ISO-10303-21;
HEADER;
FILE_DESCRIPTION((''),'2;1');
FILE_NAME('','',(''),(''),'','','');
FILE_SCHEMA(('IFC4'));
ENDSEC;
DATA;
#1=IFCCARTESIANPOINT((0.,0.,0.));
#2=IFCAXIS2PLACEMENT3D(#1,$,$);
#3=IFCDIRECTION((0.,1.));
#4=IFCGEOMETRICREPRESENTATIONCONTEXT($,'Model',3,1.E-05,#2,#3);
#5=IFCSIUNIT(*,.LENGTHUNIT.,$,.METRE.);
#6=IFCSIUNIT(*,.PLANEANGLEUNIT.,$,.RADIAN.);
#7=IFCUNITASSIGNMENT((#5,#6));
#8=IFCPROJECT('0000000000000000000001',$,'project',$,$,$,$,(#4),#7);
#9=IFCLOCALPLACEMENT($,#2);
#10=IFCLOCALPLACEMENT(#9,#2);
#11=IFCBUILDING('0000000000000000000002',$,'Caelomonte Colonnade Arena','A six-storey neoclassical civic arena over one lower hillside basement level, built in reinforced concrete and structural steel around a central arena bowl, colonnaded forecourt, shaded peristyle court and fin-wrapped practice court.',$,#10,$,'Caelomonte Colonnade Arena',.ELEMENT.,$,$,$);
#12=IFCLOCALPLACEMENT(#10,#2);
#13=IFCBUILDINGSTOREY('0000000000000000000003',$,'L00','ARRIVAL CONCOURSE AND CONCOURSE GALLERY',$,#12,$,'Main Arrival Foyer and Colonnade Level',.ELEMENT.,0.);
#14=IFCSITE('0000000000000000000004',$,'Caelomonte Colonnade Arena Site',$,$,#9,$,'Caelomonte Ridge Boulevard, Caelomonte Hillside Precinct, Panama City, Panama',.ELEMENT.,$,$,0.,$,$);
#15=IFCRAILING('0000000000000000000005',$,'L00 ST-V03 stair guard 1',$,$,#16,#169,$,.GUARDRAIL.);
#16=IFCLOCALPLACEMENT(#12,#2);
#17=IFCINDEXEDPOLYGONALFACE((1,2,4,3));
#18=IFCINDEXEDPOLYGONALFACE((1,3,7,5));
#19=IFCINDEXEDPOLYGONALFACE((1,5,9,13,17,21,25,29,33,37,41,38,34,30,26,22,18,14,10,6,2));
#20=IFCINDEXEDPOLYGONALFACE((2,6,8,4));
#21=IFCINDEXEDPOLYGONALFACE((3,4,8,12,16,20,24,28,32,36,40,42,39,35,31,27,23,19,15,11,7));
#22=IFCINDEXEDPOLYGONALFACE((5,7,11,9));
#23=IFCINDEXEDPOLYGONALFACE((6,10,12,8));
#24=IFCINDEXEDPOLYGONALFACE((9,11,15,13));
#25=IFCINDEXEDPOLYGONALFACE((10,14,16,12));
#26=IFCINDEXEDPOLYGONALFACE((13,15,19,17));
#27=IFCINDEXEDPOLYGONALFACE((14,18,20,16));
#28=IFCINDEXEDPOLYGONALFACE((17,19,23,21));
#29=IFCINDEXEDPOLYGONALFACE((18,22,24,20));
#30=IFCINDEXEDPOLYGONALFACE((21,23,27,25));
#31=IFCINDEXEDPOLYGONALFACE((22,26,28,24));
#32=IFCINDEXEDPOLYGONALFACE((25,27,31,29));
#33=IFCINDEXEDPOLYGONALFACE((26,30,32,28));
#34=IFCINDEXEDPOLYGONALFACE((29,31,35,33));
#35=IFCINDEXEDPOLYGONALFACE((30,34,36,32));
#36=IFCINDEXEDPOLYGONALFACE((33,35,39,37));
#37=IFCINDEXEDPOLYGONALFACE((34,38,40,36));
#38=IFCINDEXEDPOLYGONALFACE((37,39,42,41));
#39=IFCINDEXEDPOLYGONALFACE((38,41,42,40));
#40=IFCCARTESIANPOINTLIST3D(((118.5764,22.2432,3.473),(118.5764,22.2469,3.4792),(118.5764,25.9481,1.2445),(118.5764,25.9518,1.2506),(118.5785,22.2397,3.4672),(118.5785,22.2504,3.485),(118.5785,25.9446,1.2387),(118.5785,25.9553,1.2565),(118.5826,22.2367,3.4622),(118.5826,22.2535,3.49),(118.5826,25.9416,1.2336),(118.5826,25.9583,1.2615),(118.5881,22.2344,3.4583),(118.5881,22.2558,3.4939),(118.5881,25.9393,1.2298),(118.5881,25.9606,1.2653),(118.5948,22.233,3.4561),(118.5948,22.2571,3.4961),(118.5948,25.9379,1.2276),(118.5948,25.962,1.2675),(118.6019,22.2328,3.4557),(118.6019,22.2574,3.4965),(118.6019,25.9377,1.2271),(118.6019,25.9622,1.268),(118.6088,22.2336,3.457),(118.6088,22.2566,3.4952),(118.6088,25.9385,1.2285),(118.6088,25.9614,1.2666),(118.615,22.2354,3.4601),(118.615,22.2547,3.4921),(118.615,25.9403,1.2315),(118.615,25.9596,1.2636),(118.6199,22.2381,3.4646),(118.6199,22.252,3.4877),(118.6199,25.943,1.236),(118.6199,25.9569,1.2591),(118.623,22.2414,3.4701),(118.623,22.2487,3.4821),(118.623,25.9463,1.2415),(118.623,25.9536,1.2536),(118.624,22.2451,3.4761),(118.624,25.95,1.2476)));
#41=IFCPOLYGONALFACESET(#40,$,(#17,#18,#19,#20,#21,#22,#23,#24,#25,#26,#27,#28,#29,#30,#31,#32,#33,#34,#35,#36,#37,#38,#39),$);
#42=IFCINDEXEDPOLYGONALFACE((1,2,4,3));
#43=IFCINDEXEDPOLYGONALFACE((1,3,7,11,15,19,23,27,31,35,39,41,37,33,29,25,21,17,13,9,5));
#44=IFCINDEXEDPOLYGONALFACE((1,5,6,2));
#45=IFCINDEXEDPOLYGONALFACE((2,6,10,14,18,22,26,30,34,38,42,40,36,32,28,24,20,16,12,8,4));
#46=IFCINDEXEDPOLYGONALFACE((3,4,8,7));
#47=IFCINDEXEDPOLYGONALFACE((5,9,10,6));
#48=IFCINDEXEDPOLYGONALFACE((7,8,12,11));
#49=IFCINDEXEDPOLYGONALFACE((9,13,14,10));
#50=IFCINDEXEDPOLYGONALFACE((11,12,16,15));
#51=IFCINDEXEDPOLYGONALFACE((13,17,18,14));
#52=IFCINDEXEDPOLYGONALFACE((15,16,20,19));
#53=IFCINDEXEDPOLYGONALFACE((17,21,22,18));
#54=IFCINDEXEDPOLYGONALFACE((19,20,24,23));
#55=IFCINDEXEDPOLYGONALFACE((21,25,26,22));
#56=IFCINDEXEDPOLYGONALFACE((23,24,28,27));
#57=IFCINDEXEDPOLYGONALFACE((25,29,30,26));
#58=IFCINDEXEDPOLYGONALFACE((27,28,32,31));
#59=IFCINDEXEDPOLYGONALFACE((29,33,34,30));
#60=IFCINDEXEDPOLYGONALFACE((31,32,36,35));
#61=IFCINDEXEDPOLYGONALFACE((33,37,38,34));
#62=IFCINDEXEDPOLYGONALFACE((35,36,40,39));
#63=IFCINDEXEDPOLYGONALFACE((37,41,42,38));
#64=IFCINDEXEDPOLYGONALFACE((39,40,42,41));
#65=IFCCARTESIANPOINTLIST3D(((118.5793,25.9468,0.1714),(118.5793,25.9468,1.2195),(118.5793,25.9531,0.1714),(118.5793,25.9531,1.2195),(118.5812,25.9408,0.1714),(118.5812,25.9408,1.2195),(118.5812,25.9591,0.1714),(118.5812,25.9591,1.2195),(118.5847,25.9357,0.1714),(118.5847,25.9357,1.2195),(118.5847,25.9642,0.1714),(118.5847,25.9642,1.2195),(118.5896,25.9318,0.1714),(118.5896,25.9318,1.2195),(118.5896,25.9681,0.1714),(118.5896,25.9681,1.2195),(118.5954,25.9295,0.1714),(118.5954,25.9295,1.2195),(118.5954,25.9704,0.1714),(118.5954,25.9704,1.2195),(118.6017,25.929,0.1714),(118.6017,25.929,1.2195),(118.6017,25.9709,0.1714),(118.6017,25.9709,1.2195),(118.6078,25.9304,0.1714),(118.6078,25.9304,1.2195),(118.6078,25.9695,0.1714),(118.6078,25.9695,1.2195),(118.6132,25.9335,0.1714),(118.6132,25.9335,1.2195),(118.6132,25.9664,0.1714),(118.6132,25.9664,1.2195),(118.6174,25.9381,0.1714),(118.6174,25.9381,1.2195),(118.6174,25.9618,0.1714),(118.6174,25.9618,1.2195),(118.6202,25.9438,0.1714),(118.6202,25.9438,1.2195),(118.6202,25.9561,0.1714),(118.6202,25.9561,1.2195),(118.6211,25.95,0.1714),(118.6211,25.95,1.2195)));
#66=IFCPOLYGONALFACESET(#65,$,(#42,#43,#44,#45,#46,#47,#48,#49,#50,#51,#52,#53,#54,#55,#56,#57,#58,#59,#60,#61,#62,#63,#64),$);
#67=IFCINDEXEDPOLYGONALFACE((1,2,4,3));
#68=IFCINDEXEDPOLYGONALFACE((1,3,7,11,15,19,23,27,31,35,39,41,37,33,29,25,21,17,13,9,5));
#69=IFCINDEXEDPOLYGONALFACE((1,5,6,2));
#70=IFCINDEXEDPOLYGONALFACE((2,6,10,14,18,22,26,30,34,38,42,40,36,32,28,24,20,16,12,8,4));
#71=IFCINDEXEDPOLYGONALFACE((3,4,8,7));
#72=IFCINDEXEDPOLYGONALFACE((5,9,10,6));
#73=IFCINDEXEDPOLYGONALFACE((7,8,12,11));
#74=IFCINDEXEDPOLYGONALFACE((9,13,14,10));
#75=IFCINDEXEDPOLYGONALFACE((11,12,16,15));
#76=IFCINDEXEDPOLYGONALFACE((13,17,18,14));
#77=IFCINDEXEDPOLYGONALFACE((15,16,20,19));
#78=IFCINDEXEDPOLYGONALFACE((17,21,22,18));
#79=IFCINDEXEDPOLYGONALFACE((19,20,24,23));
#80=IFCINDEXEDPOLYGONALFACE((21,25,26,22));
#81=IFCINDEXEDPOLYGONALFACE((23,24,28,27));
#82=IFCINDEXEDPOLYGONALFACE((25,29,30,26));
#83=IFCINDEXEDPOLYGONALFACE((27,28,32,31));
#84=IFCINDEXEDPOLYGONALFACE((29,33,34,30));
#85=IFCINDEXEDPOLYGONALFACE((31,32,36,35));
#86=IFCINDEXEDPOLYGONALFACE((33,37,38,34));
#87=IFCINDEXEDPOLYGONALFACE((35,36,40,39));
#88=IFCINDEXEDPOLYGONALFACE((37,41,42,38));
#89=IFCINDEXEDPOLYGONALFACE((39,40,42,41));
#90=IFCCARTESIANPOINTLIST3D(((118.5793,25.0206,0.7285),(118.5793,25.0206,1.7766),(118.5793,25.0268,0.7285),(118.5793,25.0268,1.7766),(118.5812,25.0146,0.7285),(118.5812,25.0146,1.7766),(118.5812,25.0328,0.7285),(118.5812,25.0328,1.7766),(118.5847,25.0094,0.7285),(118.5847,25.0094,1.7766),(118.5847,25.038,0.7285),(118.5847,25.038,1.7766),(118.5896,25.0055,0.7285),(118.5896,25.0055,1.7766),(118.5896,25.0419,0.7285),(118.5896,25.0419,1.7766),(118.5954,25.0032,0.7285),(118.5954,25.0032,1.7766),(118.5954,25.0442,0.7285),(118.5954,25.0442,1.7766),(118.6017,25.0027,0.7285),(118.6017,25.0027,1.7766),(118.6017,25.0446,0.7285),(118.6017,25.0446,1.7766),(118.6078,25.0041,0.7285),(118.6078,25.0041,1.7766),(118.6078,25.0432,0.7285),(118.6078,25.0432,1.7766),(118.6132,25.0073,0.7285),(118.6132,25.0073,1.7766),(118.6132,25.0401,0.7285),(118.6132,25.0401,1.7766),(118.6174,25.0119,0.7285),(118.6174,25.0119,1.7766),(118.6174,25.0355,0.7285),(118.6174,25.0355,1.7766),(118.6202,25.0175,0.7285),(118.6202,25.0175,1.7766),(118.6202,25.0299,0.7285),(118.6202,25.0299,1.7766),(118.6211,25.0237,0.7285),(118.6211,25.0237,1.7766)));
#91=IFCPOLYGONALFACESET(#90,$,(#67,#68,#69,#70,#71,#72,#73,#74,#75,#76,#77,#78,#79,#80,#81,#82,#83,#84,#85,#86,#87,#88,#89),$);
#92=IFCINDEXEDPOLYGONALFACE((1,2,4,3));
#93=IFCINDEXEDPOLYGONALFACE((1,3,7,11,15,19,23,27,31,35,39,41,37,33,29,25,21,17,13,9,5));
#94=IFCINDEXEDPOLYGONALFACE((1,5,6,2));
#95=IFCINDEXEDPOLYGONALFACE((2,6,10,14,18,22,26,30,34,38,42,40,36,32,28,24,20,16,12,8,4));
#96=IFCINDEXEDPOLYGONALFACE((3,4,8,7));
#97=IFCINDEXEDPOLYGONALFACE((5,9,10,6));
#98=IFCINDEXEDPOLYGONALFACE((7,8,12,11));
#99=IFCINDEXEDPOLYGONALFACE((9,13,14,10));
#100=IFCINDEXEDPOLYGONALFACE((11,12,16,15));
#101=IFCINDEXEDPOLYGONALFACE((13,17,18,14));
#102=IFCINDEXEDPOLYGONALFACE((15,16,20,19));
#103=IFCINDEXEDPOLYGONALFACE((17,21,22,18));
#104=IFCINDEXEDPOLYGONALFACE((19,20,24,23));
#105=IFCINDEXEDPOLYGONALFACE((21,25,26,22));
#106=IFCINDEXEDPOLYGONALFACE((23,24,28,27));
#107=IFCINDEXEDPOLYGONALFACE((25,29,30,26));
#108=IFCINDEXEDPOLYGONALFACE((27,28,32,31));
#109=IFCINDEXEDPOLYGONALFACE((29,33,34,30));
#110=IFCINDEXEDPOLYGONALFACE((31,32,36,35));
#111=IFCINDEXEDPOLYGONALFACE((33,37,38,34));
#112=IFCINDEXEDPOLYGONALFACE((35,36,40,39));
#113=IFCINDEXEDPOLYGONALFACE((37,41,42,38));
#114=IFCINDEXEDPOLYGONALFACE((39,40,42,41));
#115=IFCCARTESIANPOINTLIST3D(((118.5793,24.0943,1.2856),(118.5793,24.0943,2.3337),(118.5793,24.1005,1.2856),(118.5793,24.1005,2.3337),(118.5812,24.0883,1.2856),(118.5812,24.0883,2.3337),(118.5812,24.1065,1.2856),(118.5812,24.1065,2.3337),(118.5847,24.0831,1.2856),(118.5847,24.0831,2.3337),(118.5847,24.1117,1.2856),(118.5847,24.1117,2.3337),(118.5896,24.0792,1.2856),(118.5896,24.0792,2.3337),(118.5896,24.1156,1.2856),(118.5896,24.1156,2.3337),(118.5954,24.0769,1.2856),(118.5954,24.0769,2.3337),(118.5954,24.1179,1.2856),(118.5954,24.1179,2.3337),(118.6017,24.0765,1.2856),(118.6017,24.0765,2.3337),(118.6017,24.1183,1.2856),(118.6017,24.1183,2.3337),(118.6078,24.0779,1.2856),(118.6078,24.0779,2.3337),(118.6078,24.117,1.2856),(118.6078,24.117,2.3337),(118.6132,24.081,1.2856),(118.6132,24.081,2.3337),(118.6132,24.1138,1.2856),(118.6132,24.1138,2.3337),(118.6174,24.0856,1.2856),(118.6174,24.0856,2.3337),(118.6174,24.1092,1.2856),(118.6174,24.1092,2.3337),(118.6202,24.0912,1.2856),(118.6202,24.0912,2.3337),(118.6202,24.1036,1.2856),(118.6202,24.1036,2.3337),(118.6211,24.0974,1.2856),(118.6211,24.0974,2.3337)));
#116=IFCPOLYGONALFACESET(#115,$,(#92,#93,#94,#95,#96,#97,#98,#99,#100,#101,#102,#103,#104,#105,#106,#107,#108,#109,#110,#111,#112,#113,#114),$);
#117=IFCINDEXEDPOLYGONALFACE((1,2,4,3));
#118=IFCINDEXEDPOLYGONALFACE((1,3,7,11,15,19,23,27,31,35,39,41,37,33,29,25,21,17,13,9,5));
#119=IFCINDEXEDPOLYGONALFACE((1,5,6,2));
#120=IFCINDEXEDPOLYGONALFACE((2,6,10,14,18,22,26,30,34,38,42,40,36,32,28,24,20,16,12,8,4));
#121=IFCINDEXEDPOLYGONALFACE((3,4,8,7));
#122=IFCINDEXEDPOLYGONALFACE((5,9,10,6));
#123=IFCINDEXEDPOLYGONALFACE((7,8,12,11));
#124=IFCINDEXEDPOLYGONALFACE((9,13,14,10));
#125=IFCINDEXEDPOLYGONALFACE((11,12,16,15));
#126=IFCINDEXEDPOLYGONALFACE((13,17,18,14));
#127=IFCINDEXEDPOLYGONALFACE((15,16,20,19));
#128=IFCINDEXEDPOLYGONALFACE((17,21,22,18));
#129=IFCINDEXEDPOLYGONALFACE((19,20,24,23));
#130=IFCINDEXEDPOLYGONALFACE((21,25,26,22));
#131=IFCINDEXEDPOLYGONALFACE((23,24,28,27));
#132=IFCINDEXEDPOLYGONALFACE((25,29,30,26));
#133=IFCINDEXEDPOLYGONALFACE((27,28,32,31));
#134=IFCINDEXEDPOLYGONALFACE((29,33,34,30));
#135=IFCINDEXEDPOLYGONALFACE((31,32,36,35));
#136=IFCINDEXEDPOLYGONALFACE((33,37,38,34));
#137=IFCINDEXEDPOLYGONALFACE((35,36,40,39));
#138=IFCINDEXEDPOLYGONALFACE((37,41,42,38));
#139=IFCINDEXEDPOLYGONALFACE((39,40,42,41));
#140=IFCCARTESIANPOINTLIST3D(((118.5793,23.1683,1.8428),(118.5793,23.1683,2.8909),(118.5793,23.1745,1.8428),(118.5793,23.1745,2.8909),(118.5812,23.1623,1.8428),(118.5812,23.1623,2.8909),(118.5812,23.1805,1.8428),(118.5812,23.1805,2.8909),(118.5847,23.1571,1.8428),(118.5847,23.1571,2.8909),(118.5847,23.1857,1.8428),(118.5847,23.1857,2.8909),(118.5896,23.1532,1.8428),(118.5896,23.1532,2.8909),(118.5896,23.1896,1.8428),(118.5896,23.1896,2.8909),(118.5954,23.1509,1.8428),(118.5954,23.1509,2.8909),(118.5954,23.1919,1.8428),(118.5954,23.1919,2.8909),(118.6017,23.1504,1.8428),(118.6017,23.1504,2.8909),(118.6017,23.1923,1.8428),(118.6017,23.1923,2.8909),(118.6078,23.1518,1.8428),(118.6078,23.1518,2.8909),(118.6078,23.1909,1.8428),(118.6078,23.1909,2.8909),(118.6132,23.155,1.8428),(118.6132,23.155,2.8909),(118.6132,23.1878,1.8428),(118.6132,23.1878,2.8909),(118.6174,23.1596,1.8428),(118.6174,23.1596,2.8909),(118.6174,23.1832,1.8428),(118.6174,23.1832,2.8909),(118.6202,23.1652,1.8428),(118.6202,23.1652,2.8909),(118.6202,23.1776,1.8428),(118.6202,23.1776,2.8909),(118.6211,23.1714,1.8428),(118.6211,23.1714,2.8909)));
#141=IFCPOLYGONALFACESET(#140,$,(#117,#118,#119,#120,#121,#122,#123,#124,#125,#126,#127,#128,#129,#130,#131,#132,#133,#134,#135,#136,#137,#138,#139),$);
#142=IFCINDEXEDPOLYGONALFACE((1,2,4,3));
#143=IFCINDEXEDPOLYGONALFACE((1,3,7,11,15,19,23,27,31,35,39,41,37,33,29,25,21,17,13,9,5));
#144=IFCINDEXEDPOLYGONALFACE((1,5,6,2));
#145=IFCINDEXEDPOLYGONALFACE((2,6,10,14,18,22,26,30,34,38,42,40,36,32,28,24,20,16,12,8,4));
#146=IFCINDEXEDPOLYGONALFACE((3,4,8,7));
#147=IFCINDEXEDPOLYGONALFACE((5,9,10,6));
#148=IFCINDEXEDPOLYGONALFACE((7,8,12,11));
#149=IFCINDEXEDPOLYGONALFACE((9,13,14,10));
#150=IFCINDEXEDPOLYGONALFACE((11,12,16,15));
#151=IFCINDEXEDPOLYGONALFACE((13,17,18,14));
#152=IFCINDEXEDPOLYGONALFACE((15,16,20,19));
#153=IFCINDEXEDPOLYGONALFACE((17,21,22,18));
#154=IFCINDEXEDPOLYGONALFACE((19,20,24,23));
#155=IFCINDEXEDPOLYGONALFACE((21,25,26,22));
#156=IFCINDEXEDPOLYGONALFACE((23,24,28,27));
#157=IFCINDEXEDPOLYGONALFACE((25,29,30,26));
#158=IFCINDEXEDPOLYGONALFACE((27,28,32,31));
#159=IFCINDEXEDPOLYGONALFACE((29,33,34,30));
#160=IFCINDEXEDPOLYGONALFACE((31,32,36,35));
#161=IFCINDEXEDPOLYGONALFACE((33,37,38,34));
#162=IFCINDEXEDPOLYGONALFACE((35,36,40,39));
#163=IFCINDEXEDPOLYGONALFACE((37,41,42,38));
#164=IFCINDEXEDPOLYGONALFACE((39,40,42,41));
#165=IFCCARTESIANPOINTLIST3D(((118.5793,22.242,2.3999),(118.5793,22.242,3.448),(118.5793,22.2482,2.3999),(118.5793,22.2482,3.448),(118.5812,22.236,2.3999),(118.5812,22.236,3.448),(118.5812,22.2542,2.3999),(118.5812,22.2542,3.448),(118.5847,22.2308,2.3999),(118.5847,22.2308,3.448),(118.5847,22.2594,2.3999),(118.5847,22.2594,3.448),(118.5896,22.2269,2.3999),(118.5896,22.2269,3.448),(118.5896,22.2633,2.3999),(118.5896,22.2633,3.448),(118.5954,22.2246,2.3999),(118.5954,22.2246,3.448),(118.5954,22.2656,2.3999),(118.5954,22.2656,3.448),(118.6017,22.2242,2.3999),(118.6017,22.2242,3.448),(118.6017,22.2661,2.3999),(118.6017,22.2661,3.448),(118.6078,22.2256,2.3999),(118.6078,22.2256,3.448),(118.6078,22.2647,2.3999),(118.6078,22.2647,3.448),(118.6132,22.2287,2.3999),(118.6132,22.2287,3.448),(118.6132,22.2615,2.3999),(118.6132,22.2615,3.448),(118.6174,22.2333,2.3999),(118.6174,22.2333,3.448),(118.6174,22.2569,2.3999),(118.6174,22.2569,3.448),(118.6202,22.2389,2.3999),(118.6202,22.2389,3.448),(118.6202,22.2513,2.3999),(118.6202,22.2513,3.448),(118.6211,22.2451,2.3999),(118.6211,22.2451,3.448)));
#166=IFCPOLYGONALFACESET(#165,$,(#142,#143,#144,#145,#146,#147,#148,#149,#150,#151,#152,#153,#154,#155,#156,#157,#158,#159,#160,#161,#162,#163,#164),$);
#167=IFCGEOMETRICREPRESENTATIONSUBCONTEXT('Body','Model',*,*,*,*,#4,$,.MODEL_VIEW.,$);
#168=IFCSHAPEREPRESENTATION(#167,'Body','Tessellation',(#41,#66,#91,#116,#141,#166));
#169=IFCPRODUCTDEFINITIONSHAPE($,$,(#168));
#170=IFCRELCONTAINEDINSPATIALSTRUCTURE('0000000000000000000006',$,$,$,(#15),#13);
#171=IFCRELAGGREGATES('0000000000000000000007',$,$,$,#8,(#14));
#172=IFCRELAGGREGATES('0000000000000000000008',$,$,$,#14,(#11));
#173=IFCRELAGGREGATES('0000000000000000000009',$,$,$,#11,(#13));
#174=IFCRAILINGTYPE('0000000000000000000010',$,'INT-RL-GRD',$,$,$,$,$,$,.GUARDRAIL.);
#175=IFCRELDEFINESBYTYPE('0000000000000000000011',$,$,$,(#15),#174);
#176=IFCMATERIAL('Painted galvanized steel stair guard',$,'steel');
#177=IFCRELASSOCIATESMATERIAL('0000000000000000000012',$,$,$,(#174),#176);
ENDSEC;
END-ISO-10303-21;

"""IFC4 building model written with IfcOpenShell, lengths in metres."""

from ifc_helpers import new_model, si_unit, direction, frame, origin, origin_2d, place, context, subcontext, project, spatial, circle, extrude, material, type_object, element, save


model = new_model("IFC4")

# Units and contexts
model_context = context("Model", 3, precision=1e-05, world=origin(), true_north=direction((0.0, 1.0)))
body_context = subcontext(model_context, "Body", "Model", "MODEL_VIEW")
ifc_project = project(units=[si_unit("LENGTHUNIT", "METRE"), si_unit("PLANEANGLEUNIT", "RADIAN")], contexts=[model_context])

# Site, building, storey
site_placement = place(None, origin())
site = spatial("IfcSite", under=ifc_project, at=site_placement, Name="Caelomonte Colonnade Arena Site", LongName="Caelomonte Ridge Boulevard, Caelomonte Hillside Precinct, Panama City, Panama", CompositionType="ELEMENT", RefElevation=0.0)
building_placement = place(site_placement, origin())
building = spatial("IfcBuilding", under=site, at=building_placement, Name="Caelomonte Colonnade Arena", Description="A six-storey neoclassical civic arena over one lower hillside basement level, built in reinforced concrete and structural steel around a central arena bowl, colonnaded forecourt, shaded peristyle court and fin-wrapped practice court.", LongName="Caelomonte Colonnade Arena", CompositionType="ELEMENT")
storey_placement = place(building_placement, origin())
storey = spatial("IfcBuildingStorey", under=building, at=storey_placement, Name="L00", Description="ARRIVAL CONCOURSE AND CONCOURSE GALLERY", LongName="Main Arrival Foyer and Colonnade Level", CompositionType="ELEMENT", Elevation=0.0)

# Railing
ifc_material_1 = material(Name="Painted galvanized steel stair guard", Category="steel")
railing_type_1 = type_object("IfcRailingType", Name="INT-RL-GRD", PredefinedType="GUARDRAIL", material=ifc_material_1)
railing_1_placement = place(storey_placement, frame((118.6001, 25.95, 0.1714)))
element("IfcRailing", 1, at=railing_1_placement, inside=storey, type_object=railing_type_1, Name="L00 ST-V03 stair guard 1", PredefinedType="GUARDRAIL", context=body_context, shape_type="SweptSolid", body=[
    extrude(circle(Radius=0.0239, at=origin_2d()), frame((0.0, 0.0, 1.0762), z_axis=(0.0, -0.856919, 0.51545), x_axis=(1.0, 0.0, 0.0)), (0.0, 0.0, 1.0), 4.3235),
    extrude(circle(Radius=0.021, at=origin_2d()), origin(), (0.0, 0.0, 1.0), 1.0481),
    extrude(circle(Radius=0.021, at=origin_2d()), frame((0.0, -0.9263, 0.5571)), (0.0, 0.0, 1.0), 1.0481),
    extrude(circle(Radius=0.021, at=origin_2d()), frame((0.0, -1.8525, 1.1143)), (0.0, 0.0, 1.0), 1.0481),
    extrude(circle(Radius=0.021, at=origin_2d()), frame((0.0, -2.7786, 1.6714)), (0.0, 0.0, 1.0), 1.0481),
    extrude(circle(Radius=0.021, at=origin_2d()), frame((0.0, -3.7048, 2.2285)), (0.0, 0.0, 1.0), 1.0481),
])

save(model, "model.ifc")
